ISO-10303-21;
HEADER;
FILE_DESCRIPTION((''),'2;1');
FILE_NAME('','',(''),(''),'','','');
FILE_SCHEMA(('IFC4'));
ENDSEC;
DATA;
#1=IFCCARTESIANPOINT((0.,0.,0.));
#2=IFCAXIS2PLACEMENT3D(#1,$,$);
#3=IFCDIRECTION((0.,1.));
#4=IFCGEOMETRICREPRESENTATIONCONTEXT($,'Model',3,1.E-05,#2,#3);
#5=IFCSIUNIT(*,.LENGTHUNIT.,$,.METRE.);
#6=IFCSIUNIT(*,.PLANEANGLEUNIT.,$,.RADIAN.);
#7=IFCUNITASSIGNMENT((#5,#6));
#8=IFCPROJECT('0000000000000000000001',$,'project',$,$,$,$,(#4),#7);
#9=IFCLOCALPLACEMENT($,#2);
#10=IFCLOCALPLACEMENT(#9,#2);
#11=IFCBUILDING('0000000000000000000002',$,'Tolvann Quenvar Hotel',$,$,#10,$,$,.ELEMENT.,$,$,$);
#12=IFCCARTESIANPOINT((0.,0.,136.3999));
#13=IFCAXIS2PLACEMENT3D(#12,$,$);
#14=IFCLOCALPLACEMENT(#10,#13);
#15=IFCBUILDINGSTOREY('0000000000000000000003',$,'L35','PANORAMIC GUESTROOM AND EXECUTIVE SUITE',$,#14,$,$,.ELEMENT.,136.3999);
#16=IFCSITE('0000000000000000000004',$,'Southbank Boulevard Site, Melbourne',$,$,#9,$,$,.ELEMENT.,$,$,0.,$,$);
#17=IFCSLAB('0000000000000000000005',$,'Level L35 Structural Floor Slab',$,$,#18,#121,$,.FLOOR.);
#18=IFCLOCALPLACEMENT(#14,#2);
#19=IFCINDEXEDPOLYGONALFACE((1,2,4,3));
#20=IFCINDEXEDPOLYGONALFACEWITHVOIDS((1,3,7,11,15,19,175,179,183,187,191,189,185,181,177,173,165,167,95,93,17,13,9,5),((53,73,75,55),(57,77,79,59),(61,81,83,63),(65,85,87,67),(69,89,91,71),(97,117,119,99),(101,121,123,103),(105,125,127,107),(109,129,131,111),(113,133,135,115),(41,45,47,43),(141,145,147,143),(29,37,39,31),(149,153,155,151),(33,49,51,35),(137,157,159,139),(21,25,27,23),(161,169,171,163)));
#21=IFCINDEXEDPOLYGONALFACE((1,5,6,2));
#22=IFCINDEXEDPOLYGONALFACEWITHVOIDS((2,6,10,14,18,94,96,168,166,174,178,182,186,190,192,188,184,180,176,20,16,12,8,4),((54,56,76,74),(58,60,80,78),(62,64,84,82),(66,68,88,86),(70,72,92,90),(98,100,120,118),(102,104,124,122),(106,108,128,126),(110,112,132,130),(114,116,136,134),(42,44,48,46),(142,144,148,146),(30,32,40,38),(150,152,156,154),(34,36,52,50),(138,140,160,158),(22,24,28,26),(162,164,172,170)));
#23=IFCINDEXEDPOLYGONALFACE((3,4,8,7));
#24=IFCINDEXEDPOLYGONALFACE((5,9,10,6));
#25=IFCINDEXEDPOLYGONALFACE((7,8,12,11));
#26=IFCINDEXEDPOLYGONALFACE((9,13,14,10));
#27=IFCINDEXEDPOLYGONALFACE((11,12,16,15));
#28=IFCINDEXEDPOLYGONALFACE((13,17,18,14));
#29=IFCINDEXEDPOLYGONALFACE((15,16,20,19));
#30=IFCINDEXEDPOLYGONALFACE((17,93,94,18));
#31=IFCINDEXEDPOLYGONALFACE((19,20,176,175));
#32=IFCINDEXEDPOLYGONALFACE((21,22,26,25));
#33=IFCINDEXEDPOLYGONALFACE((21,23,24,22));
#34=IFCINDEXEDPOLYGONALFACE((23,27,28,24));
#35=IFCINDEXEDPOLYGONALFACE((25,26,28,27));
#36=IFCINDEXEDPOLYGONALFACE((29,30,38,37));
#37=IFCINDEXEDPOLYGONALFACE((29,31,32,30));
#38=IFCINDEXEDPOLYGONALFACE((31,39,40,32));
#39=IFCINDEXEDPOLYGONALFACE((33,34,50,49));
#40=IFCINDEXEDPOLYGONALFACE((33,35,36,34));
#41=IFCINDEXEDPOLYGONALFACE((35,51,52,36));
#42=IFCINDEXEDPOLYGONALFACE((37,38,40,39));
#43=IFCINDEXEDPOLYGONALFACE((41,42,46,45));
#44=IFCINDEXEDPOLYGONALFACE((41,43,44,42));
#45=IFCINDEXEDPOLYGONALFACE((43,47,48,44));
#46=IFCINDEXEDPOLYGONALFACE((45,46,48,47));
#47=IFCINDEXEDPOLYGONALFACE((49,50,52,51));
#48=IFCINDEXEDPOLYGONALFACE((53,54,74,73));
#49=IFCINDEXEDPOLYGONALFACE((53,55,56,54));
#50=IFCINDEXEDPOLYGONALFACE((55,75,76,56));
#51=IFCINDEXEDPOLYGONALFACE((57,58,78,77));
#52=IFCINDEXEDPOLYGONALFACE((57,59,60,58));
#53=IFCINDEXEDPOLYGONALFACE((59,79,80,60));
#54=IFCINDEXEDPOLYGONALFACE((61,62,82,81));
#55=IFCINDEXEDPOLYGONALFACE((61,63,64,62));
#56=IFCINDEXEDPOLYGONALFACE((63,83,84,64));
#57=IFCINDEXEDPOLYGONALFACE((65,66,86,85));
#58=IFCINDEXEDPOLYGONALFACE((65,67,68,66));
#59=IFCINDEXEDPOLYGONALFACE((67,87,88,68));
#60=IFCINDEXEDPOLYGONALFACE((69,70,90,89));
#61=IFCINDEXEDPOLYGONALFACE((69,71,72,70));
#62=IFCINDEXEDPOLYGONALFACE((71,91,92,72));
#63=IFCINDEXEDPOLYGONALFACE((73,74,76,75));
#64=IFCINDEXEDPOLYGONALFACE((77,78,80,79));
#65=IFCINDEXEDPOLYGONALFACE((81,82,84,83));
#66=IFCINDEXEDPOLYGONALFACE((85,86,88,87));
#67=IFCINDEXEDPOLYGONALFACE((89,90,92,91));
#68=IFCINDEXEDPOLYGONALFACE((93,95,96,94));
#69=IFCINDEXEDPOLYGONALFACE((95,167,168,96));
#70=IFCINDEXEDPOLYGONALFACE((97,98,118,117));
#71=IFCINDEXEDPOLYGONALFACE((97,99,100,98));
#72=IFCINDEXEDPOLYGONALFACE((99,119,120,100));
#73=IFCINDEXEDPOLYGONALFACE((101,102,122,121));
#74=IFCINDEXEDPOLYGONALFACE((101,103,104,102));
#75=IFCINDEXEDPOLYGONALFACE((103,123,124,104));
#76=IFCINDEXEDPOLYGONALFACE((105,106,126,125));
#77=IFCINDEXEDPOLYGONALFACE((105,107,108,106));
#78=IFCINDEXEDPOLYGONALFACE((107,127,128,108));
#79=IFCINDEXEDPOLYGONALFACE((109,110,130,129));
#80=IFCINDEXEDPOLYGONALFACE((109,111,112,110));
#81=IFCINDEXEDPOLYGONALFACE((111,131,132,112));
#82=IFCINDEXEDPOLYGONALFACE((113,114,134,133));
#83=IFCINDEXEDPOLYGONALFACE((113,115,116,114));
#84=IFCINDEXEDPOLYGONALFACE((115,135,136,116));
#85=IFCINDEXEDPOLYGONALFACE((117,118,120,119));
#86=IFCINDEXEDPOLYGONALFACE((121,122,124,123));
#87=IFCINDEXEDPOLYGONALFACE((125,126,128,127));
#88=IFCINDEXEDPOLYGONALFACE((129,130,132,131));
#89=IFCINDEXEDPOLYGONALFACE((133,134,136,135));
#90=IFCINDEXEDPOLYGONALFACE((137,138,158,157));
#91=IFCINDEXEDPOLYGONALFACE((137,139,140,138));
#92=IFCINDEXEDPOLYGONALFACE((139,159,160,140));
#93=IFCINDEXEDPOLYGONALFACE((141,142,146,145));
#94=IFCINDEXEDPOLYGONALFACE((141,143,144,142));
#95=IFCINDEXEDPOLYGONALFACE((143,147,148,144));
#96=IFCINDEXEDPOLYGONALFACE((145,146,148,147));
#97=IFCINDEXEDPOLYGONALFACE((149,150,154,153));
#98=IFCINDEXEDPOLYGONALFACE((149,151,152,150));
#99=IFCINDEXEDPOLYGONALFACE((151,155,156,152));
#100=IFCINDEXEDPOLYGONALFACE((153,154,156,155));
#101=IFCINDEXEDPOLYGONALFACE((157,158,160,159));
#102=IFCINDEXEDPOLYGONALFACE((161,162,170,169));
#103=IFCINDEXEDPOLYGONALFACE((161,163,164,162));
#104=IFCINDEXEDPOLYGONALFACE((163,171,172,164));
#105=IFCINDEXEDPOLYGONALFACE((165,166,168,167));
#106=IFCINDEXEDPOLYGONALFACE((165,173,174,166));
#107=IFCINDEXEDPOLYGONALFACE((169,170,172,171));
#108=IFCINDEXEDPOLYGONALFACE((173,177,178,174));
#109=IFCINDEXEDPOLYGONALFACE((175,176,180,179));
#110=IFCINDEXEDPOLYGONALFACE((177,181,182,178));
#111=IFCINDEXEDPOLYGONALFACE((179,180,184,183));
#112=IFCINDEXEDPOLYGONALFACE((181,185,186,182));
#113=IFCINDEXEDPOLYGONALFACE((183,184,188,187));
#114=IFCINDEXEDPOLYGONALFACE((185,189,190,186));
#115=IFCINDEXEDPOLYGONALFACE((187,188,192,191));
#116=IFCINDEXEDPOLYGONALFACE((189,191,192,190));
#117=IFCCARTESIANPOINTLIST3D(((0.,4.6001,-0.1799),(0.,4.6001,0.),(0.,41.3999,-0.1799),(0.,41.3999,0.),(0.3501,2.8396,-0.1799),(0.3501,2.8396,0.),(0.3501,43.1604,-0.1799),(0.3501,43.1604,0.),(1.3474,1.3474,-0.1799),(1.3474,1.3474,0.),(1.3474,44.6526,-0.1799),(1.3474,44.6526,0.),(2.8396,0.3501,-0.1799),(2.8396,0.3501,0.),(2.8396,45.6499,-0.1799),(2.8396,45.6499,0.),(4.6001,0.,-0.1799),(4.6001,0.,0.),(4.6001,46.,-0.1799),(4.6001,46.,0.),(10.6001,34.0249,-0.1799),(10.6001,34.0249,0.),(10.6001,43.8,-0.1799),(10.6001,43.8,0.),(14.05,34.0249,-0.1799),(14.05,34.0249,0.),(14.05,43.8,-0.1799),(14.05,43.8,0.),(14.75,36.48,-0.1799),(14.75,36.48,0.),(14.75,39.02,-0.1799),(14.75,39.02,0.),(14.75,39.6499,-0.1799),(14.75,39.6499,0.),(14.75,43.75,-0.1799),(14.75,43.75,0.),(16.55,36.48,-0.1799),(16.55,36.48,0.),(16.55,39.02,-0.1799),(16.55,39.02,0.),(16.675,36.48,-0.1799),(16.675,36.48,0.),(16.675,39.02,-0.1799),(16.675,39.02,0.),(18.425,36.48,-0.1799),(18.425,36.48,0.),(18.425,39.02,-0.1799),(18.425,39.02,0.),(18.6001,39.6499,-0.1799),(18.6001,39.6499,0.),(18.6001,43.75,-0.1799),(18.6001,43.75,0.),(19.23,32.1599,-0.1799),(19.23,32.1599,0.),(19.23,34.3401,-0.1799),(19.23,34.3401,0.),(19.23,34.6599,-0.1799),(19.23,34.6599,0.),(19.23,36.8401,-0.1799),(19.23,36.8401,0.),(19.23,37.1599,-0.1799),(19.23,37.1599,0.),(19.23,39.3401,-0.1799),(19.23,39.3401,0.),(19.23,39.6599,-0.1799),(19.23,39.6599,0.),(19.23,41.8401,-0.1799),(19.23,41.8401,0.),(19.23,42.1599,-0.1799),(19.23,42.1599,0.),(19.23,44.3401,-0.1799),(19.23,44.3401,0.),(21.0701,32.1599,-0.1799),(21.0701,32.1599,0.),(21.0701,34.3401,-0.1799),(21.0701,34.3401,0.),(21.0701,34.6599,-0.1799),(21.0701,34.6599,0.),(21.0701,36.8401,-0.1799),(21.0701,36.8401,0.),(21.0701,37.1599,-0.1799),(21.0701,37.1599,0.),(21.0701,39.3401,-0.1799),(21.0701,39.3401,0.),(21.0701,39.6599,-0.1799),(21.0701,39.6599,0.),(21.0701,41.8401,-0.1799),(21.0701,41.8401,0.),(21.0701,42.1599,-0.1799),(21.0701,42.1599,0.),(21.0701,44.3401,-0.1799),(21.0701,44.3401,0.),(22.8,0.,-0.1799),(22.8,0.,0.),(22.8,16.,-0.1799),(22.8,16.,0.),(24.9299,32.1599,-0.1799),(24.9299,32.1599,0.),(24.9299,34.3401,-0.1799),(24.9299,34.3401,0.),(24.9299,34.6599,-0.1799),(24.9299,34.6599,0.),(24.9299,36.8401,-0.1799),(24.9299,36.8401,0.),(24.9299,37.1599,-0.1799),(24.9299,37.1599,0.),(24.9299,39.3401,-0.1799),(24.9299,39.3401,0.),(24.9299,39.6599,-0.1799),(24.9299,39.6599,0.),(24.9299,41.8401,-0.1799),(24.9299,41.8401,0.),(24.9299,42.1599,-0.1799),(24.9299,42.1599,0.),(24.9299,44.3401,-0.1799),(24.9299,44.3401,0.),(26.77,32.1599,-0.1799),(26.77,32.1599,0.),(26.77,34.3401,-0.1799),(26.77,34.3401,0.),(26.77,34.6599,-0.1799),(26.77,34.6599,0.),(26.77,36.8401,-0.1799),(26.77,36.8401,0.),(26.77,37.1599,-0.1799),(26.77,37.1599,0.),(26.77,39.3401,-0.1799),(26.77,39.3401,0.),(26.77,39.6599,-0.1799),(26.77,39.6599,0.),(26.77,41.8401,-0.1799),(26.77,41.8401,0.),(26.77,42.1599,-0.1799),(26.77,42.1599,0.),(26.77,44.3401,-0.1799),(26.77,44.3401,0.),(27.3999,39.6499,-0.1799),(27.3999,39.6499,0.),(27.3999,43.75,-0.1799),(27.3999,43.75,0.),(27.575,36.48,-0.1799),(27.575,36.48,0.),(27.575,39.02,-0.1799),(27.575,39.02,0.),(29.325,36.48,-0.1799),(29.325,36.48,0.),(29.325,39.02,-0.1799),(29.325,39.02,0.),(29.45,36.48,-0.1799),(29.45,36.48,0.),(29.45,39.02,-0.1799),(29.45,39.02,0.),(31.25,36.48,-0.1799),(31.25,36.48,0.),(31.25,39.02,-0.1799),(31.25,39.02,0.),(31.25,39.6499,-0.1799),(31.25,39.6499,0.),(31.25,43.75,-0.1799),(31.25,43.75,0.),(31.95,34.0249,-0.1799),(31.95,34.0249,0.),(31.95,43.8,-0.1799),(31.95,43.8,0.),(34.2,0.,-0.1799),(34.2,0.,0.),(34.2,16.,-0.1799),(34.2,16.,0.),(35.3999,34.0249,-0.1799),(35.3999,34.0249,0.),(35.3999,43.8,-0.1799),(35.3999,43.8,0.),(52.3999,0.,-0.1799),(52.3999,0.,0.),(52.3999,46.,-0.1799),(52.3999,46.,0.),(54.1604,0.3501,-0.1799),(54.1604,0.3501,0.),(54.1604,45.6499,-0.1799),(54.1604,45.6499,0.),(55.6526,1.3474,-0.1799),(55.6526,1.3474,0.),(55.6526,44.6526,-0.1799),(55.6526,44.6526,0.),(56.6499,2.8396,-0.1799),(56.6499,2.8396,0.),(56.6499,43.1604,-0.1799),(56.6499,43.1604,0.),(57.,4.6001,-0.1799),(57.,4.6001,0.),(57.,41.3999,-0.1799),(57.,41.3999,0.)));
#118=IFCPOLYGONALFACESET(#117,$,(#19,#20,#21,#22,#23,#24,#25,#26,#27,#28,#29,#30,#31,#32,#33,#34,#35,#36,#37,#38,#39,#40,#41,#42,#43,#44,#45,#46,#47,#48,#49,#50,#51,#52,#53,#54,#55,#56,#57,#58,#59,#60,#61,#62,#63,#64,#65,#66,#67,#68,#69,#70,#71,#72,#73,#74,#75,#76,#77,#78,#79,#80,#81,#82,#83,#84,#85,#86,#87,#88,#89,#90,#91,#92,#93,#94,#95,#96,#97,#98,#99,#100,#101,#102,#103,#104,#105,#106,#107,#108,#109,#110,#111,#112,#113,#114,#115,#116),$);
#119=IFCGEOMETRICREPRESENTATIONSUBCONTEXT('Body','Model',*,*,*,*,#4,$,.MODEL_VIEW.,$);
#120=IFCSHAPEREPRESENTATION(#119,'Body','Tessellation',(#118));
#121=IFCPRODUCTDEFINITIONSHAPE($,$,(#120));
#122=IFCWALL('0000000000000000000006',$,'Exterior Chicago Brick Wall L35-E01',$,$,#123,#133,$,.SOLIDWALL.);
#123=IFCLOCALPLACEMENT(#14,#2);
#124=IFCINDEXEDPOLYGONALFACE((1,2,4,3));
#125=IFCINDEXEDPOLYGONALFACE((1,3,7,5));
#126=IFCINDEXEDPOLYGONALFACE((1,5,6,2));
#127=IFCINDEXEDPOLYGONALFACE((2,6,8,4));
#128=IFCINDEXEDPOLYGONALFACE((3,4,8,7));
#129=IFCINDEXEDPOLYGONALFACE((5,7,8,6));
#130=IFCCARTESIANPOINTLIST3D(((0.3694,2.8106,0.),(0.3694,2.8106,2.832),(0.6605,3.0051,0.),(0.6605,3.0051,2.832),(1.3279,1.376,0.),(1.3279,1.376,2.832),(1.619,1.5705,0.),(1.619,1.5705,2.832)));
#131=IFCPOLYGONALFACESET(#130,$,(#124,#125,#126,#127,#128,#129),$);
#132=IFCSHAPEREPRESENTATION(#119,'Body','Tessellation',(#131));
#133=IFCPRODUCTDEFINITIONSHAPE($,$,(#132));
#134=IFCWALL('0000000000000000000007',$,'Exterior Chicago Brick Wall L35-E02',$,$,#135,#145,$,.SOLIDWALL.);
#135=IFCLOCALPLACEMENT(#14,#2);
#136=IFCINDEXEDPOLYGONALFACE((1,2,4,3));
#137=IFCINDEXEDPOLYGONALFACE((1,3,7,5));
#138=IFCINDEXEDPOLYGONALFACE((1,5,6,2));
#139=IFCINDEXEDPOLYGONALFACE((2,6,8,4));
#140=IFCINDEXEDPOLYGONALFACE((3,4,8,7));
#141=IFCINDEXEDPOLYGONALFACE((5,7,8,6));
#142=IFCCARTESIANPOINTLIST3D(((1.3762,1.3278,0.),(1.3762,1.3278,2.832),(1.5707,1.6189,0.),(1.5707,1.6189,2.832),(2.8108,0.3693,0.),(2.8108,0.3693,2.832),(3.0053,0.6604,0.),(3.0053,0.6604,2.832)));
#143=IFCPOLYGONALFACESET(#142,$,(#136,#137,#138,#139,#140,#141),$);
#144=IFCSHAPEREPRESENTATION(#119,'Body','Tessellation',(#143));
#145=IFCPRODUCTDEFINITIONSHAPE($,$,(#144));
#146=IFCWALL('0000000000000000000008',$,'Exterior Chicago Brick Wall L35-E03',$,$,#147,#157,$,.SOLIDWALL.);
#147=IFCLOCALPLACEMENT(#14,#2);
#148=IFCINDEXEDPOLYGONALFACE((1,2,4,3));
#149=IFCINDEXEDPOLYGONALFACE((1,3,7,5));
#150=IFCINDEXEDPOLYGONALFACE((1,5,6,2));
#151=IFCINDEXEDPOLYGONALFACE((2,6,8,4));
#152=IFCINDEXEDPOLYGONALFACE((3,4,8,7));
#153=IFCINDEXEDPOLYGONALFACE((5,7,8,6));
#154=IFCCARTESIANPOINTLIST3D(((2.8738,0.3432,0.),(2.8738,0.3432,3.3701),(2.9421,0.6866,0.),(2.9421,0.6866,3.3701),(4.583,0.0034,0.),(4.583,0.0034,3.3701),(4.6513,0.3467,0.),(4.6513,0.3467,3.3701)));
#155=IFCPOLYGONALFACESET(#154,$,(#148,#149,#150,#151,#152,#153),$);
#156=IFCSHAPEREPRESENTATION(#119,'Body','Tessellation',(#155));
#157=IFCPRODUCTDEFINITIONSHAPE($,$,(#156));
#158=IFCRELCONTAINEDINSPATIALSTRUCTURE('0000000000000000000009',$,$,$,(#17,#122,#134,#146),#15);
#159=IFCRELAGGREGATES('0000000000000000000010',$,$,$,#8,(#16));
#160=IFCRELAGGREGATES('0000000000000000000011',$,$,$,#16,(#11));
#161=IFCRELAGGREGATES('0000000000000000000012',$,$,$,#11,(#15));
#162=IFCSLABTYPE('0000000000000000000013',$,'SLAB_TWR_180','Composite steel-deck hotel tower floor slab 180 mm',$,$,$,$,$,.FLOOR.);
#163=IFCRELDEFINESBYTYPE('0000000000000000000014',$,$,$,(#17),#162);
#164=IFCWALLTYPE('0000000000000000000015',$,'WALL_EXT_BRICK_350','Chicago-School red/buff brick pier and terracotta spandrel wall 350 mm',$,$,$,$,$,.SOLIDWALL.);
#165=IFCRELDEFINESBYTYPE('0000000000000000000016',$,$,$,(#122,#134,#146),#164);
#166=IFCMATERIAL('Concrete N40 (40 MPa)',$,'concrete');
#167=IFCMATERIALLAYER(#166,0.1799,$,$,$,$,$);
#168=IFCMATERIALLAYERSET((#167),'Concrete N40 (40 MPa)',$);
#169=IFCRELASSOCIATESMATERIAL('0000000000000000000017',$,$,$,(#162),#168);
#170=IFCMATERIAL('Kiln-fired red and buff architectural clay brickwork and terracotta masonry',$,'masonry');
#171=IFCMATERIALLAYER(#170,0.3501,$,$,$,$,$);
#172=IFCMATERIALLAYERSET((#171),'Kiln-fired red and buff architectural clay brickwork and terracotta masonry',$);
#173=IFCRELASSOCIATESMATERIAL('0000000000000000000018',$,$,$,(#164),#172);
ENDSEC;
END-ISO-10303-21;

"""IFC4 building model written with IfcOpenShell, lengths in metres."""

from ifc_helpers import new_model, si_unit, direction, frame, frame_2d, origin, place, context, subcontext, project, spatial, polyline, rectangle, outline, extrude, material, layer, layer_set, type_object, element, save


model = new_model("IFC4")

# Units and contexts
model_context = context("Model", 3, precision=1e-05, world=origin(), true_north=direction((0.0, 1.0)))
body_context = subcontext(model_context, "Body", "Model", "MODEL_VIEW")
ifc_project = project(units=[si_unit("LENGTHUNIT", "METRE"), si_unit("PLANEANGLEUNIT", "RADIAN")], contexts=[model_context])

# Site, building, storey
site_placement = place(None, origin())
site = spatial("IfcSite", under=ifc_project, at=site_placement, Name="Southbank Boulevard Site, Melbourne", CompositionType="ELEMENT", RefElevation=0.0)
building_placement = place(site_placement, origin())
building = spatial("IfcBuilding", under=site, at=building_placement, Name="Tolvann Quenvar Hotel", CompositionType="ELEMENT")
storey_placement = place(building_placement, frame((0.0, 0.0, 136.3999)))
storey = spatial("IfcBuildingStorey", under=building, at=storey_placement, Name="L35", Description="PANORAMIC GUESTROOM AND EXECUTIVE SUITE", CompositionType="ELEMENT", Elevation=136.3999)

# Shared definitions
ifc_material_1 = material(Name="Concrete N40 (40 MPa)", Category="concrete")

# Slab
ifc_layer_1 = layer(ifc_material_1, 0.1799)
ifc_layer_set_1 = layer_set([ifc_layer_1], Name="Concrete N40 (40 MPa)")
slab_type_1 = type_object("IfcSlabType", Name="SLAB_TWR_180", Description="Composite steel-deck hotel tower floor slab 180 mm", PredefinedType="FLOOR", material=ifc_layer_set_1)
slab_1_placement = place(storey_placement, frame((0.0, 0.0, -0.1799)))
element("IfcSlab", 1, at=slab_1_placement, inside=storey, type_object=slab_type_1, Name="Level L35 Structural Floor Slab", PredefinedType="FLOOR", context=body_context, shape_type="SweptSolid", body=[
    extrude(outline(polyline([(0.0, 4.6001), (0.3501, 2.8396), (1.3474, 1.3474), (2.8396, 0.3501), (4.6001, 0.0), (22.8, 0.0), (22.8, 16.0), (34.2, 16.0), (34.2, 0.0), (52.3999, 0.0), (54.1604, 0.3501), (55.6526, 1.3474), (56.6499, 2.8396), (57.0, 4.6001), (57.0, 41.3999), (56.6499, 43.1604), (55.6526, 44.6526), (54.1604, 45.6499), (52.3999, 46.0), (4.6001, 46.0), (2.8396, 45.6499), (1.3474, 44.6526), (0.3501, 43.1604), (0.0, 41.3999), (0.0, 4.6001)]), holes=[polyline([(31.95, 34.0249), (31.95, 43.8), (35.3999, 43.8), (35.3999, 34.0249), (31.95, 34.0249)]), polyline([(29.45, 39.02), (31.25, 39.02), (31.25, 36.48), (29.45, 36.48), (29.45, 39.02)]), polyline([(31.25, 43.75), (31.25, 39.6499), (27.3999, 39.6499), (27.3999, 43.75), (31.25, 43.75)]), polyline([(27.575, 39.02), (29.325, 39.02), (29.325, 36.48), (27.575, 36.48), (27.575, 39.02)]), polyline([(26.77, 44.3401), (26.77, 42.1599), (24.9299, 42.1599), (24.9299, 44.3401), (26.77, 44.3401)]), polyline([(24.9299, 41.8401), (26.77, 41.8401), (26.77, 39.6599), (24.9299, 39.6599), (24.9299, 41.8401)]), polyline([(24.9299, 39.3401), (26.77, 39.3401), (26.77, 37.1599), (24.9299, 37.1599), (24.9299, 39.3401)]), polyline([(24.9299, 36.8401), (26.77, 36.8401), (26.77, 34.6599), (24.9299, 34.6599), (24.9299, 36.8401)]), polyline([(24.9299, 34.3401), (26.77, 34.3401), (26.77, 32.1599), (24.9299, 32.1599), (24.9299, 34.3401)]), polyline([(21.0701, 44.3401), (21.0701, 42.1599), (19.23, 42.1599), (19.23, 44.3401), (21.0701, 44.3401)]), polyline([(19.23, 41.8401), (21.0701, 41.8401), (21.0701, 39.6599), (19.23, 39.6599), (19.23, 41.8401)]), polyline([(19.23, 39.3401), (21.0701, 39.3401), (21.0701, 37.1599), (19.23, 37.1599), (19.23, 39.3401)]), polyline([(19.23, 36.8401), (21.0701, 36.8401), (21.0701, 34.6599), (19.23, 34.6599), (19.23, 36.8401)]), polyline([(19.23, 34.3401), (21.0701, 34.3401), (21.0701, 32.1599), (19.23, 32.1599), (19.23, 34.3401)]), polyline([(18.6001, 43.75), (18.6001, 39.6499), (14.75, 39.6499), (14.75, 43.75), (18.6001, 43.75)]), polyline([(16.675, 39.02), (18.425, 39.02), (18.425, 36.48), (16.675, 36.48), (16.675, 39.02)]), polyline([(14.75, 39.02), (16.55, 39.02), (16.55, 36.48), (14.75, 36.48), (14.75, 39.02)]), polyline([(10.6001, 34.0249), (10.6001, 43.8), (14.05, 43.8), (14.05, 34.0249), (10.6001, 34.0249)])]), origin(), (0.0, 0.0, 1.0), 0.1799),
])

# Walls
ifc_material_2 = material(Name="Kiln-fired red and buff architectural clay brickwork and terracotta masonry", Category="masonry")
ifc_layer_2 = layer(ifc_material_2, 0.3501)
ifc_layer_set_2 = layer_set([ifc_layer_2], Name="Kiln-fired red and buff architectural clay brickwork and terracotta masonry")
wall_type_1 = type_object("IfcWallType", Name="WALL_EXT_BRICK_350", Description="Chicago-School red/buff brick pier and terracotta spandrel wall 350 mm", PredefinedType="SOLIDWALL", material=ifc_layer_set_2)
for number, where, z_axis, x_axis, name in (
    (2, (0.5149, 2.908, 0.0), (0.0, 0.0, 1.0), (0.555549, -0.831484, 0.0), "Exterior Chicago Brick Wall L35-E01"),
    (3, (1.4734, 1.4734, 0.0), (0.0, 0.0, 1.0), (0.831484, -0.555549, 0.0), "Exterior Chicago Brick Wall L35-E02"),
):
    element("IfcWall", number, at=place(storey_placement, frame(where, z_axis=z_axis, x_axis=x_axis)), inside=storey, type_object=wall_type_1, Name=name, PredefinedType="SOLIDWALL", context=body_context, shape_type="SweptSolid", body=[
        extrude(rectangle(XDim=1.7253, YDim=0.3501, at=frame_2d((0.8628, 0.0))), origin(), (0.0, 0.0, 1.0), 2.832),
    ])
wall_1_placement = place(storey_placement, frame((2.908, 0.5149, 0.0), z_axis=(0.0, 0.0, 1.0), x_axis=(0.980801, -0.195011, 0.0)))
element("IfcWall", 4, at=wall_1_placement, inside=storey, type_object=wall_type_1, Name="Exterior Chicago Brick Wall L35-E03", PredefinedType="SOLIDWALL", context=body_context, shape_type="SweptSolid", body=[
    extrude(rectangle(XDim=1.7427, YDim=0.3501, at=frame_2d((0.8713, 0.0))), origin(), (0.0, 0.0, 1.0), 3.3701),
])

save(model, "model.ifc")
